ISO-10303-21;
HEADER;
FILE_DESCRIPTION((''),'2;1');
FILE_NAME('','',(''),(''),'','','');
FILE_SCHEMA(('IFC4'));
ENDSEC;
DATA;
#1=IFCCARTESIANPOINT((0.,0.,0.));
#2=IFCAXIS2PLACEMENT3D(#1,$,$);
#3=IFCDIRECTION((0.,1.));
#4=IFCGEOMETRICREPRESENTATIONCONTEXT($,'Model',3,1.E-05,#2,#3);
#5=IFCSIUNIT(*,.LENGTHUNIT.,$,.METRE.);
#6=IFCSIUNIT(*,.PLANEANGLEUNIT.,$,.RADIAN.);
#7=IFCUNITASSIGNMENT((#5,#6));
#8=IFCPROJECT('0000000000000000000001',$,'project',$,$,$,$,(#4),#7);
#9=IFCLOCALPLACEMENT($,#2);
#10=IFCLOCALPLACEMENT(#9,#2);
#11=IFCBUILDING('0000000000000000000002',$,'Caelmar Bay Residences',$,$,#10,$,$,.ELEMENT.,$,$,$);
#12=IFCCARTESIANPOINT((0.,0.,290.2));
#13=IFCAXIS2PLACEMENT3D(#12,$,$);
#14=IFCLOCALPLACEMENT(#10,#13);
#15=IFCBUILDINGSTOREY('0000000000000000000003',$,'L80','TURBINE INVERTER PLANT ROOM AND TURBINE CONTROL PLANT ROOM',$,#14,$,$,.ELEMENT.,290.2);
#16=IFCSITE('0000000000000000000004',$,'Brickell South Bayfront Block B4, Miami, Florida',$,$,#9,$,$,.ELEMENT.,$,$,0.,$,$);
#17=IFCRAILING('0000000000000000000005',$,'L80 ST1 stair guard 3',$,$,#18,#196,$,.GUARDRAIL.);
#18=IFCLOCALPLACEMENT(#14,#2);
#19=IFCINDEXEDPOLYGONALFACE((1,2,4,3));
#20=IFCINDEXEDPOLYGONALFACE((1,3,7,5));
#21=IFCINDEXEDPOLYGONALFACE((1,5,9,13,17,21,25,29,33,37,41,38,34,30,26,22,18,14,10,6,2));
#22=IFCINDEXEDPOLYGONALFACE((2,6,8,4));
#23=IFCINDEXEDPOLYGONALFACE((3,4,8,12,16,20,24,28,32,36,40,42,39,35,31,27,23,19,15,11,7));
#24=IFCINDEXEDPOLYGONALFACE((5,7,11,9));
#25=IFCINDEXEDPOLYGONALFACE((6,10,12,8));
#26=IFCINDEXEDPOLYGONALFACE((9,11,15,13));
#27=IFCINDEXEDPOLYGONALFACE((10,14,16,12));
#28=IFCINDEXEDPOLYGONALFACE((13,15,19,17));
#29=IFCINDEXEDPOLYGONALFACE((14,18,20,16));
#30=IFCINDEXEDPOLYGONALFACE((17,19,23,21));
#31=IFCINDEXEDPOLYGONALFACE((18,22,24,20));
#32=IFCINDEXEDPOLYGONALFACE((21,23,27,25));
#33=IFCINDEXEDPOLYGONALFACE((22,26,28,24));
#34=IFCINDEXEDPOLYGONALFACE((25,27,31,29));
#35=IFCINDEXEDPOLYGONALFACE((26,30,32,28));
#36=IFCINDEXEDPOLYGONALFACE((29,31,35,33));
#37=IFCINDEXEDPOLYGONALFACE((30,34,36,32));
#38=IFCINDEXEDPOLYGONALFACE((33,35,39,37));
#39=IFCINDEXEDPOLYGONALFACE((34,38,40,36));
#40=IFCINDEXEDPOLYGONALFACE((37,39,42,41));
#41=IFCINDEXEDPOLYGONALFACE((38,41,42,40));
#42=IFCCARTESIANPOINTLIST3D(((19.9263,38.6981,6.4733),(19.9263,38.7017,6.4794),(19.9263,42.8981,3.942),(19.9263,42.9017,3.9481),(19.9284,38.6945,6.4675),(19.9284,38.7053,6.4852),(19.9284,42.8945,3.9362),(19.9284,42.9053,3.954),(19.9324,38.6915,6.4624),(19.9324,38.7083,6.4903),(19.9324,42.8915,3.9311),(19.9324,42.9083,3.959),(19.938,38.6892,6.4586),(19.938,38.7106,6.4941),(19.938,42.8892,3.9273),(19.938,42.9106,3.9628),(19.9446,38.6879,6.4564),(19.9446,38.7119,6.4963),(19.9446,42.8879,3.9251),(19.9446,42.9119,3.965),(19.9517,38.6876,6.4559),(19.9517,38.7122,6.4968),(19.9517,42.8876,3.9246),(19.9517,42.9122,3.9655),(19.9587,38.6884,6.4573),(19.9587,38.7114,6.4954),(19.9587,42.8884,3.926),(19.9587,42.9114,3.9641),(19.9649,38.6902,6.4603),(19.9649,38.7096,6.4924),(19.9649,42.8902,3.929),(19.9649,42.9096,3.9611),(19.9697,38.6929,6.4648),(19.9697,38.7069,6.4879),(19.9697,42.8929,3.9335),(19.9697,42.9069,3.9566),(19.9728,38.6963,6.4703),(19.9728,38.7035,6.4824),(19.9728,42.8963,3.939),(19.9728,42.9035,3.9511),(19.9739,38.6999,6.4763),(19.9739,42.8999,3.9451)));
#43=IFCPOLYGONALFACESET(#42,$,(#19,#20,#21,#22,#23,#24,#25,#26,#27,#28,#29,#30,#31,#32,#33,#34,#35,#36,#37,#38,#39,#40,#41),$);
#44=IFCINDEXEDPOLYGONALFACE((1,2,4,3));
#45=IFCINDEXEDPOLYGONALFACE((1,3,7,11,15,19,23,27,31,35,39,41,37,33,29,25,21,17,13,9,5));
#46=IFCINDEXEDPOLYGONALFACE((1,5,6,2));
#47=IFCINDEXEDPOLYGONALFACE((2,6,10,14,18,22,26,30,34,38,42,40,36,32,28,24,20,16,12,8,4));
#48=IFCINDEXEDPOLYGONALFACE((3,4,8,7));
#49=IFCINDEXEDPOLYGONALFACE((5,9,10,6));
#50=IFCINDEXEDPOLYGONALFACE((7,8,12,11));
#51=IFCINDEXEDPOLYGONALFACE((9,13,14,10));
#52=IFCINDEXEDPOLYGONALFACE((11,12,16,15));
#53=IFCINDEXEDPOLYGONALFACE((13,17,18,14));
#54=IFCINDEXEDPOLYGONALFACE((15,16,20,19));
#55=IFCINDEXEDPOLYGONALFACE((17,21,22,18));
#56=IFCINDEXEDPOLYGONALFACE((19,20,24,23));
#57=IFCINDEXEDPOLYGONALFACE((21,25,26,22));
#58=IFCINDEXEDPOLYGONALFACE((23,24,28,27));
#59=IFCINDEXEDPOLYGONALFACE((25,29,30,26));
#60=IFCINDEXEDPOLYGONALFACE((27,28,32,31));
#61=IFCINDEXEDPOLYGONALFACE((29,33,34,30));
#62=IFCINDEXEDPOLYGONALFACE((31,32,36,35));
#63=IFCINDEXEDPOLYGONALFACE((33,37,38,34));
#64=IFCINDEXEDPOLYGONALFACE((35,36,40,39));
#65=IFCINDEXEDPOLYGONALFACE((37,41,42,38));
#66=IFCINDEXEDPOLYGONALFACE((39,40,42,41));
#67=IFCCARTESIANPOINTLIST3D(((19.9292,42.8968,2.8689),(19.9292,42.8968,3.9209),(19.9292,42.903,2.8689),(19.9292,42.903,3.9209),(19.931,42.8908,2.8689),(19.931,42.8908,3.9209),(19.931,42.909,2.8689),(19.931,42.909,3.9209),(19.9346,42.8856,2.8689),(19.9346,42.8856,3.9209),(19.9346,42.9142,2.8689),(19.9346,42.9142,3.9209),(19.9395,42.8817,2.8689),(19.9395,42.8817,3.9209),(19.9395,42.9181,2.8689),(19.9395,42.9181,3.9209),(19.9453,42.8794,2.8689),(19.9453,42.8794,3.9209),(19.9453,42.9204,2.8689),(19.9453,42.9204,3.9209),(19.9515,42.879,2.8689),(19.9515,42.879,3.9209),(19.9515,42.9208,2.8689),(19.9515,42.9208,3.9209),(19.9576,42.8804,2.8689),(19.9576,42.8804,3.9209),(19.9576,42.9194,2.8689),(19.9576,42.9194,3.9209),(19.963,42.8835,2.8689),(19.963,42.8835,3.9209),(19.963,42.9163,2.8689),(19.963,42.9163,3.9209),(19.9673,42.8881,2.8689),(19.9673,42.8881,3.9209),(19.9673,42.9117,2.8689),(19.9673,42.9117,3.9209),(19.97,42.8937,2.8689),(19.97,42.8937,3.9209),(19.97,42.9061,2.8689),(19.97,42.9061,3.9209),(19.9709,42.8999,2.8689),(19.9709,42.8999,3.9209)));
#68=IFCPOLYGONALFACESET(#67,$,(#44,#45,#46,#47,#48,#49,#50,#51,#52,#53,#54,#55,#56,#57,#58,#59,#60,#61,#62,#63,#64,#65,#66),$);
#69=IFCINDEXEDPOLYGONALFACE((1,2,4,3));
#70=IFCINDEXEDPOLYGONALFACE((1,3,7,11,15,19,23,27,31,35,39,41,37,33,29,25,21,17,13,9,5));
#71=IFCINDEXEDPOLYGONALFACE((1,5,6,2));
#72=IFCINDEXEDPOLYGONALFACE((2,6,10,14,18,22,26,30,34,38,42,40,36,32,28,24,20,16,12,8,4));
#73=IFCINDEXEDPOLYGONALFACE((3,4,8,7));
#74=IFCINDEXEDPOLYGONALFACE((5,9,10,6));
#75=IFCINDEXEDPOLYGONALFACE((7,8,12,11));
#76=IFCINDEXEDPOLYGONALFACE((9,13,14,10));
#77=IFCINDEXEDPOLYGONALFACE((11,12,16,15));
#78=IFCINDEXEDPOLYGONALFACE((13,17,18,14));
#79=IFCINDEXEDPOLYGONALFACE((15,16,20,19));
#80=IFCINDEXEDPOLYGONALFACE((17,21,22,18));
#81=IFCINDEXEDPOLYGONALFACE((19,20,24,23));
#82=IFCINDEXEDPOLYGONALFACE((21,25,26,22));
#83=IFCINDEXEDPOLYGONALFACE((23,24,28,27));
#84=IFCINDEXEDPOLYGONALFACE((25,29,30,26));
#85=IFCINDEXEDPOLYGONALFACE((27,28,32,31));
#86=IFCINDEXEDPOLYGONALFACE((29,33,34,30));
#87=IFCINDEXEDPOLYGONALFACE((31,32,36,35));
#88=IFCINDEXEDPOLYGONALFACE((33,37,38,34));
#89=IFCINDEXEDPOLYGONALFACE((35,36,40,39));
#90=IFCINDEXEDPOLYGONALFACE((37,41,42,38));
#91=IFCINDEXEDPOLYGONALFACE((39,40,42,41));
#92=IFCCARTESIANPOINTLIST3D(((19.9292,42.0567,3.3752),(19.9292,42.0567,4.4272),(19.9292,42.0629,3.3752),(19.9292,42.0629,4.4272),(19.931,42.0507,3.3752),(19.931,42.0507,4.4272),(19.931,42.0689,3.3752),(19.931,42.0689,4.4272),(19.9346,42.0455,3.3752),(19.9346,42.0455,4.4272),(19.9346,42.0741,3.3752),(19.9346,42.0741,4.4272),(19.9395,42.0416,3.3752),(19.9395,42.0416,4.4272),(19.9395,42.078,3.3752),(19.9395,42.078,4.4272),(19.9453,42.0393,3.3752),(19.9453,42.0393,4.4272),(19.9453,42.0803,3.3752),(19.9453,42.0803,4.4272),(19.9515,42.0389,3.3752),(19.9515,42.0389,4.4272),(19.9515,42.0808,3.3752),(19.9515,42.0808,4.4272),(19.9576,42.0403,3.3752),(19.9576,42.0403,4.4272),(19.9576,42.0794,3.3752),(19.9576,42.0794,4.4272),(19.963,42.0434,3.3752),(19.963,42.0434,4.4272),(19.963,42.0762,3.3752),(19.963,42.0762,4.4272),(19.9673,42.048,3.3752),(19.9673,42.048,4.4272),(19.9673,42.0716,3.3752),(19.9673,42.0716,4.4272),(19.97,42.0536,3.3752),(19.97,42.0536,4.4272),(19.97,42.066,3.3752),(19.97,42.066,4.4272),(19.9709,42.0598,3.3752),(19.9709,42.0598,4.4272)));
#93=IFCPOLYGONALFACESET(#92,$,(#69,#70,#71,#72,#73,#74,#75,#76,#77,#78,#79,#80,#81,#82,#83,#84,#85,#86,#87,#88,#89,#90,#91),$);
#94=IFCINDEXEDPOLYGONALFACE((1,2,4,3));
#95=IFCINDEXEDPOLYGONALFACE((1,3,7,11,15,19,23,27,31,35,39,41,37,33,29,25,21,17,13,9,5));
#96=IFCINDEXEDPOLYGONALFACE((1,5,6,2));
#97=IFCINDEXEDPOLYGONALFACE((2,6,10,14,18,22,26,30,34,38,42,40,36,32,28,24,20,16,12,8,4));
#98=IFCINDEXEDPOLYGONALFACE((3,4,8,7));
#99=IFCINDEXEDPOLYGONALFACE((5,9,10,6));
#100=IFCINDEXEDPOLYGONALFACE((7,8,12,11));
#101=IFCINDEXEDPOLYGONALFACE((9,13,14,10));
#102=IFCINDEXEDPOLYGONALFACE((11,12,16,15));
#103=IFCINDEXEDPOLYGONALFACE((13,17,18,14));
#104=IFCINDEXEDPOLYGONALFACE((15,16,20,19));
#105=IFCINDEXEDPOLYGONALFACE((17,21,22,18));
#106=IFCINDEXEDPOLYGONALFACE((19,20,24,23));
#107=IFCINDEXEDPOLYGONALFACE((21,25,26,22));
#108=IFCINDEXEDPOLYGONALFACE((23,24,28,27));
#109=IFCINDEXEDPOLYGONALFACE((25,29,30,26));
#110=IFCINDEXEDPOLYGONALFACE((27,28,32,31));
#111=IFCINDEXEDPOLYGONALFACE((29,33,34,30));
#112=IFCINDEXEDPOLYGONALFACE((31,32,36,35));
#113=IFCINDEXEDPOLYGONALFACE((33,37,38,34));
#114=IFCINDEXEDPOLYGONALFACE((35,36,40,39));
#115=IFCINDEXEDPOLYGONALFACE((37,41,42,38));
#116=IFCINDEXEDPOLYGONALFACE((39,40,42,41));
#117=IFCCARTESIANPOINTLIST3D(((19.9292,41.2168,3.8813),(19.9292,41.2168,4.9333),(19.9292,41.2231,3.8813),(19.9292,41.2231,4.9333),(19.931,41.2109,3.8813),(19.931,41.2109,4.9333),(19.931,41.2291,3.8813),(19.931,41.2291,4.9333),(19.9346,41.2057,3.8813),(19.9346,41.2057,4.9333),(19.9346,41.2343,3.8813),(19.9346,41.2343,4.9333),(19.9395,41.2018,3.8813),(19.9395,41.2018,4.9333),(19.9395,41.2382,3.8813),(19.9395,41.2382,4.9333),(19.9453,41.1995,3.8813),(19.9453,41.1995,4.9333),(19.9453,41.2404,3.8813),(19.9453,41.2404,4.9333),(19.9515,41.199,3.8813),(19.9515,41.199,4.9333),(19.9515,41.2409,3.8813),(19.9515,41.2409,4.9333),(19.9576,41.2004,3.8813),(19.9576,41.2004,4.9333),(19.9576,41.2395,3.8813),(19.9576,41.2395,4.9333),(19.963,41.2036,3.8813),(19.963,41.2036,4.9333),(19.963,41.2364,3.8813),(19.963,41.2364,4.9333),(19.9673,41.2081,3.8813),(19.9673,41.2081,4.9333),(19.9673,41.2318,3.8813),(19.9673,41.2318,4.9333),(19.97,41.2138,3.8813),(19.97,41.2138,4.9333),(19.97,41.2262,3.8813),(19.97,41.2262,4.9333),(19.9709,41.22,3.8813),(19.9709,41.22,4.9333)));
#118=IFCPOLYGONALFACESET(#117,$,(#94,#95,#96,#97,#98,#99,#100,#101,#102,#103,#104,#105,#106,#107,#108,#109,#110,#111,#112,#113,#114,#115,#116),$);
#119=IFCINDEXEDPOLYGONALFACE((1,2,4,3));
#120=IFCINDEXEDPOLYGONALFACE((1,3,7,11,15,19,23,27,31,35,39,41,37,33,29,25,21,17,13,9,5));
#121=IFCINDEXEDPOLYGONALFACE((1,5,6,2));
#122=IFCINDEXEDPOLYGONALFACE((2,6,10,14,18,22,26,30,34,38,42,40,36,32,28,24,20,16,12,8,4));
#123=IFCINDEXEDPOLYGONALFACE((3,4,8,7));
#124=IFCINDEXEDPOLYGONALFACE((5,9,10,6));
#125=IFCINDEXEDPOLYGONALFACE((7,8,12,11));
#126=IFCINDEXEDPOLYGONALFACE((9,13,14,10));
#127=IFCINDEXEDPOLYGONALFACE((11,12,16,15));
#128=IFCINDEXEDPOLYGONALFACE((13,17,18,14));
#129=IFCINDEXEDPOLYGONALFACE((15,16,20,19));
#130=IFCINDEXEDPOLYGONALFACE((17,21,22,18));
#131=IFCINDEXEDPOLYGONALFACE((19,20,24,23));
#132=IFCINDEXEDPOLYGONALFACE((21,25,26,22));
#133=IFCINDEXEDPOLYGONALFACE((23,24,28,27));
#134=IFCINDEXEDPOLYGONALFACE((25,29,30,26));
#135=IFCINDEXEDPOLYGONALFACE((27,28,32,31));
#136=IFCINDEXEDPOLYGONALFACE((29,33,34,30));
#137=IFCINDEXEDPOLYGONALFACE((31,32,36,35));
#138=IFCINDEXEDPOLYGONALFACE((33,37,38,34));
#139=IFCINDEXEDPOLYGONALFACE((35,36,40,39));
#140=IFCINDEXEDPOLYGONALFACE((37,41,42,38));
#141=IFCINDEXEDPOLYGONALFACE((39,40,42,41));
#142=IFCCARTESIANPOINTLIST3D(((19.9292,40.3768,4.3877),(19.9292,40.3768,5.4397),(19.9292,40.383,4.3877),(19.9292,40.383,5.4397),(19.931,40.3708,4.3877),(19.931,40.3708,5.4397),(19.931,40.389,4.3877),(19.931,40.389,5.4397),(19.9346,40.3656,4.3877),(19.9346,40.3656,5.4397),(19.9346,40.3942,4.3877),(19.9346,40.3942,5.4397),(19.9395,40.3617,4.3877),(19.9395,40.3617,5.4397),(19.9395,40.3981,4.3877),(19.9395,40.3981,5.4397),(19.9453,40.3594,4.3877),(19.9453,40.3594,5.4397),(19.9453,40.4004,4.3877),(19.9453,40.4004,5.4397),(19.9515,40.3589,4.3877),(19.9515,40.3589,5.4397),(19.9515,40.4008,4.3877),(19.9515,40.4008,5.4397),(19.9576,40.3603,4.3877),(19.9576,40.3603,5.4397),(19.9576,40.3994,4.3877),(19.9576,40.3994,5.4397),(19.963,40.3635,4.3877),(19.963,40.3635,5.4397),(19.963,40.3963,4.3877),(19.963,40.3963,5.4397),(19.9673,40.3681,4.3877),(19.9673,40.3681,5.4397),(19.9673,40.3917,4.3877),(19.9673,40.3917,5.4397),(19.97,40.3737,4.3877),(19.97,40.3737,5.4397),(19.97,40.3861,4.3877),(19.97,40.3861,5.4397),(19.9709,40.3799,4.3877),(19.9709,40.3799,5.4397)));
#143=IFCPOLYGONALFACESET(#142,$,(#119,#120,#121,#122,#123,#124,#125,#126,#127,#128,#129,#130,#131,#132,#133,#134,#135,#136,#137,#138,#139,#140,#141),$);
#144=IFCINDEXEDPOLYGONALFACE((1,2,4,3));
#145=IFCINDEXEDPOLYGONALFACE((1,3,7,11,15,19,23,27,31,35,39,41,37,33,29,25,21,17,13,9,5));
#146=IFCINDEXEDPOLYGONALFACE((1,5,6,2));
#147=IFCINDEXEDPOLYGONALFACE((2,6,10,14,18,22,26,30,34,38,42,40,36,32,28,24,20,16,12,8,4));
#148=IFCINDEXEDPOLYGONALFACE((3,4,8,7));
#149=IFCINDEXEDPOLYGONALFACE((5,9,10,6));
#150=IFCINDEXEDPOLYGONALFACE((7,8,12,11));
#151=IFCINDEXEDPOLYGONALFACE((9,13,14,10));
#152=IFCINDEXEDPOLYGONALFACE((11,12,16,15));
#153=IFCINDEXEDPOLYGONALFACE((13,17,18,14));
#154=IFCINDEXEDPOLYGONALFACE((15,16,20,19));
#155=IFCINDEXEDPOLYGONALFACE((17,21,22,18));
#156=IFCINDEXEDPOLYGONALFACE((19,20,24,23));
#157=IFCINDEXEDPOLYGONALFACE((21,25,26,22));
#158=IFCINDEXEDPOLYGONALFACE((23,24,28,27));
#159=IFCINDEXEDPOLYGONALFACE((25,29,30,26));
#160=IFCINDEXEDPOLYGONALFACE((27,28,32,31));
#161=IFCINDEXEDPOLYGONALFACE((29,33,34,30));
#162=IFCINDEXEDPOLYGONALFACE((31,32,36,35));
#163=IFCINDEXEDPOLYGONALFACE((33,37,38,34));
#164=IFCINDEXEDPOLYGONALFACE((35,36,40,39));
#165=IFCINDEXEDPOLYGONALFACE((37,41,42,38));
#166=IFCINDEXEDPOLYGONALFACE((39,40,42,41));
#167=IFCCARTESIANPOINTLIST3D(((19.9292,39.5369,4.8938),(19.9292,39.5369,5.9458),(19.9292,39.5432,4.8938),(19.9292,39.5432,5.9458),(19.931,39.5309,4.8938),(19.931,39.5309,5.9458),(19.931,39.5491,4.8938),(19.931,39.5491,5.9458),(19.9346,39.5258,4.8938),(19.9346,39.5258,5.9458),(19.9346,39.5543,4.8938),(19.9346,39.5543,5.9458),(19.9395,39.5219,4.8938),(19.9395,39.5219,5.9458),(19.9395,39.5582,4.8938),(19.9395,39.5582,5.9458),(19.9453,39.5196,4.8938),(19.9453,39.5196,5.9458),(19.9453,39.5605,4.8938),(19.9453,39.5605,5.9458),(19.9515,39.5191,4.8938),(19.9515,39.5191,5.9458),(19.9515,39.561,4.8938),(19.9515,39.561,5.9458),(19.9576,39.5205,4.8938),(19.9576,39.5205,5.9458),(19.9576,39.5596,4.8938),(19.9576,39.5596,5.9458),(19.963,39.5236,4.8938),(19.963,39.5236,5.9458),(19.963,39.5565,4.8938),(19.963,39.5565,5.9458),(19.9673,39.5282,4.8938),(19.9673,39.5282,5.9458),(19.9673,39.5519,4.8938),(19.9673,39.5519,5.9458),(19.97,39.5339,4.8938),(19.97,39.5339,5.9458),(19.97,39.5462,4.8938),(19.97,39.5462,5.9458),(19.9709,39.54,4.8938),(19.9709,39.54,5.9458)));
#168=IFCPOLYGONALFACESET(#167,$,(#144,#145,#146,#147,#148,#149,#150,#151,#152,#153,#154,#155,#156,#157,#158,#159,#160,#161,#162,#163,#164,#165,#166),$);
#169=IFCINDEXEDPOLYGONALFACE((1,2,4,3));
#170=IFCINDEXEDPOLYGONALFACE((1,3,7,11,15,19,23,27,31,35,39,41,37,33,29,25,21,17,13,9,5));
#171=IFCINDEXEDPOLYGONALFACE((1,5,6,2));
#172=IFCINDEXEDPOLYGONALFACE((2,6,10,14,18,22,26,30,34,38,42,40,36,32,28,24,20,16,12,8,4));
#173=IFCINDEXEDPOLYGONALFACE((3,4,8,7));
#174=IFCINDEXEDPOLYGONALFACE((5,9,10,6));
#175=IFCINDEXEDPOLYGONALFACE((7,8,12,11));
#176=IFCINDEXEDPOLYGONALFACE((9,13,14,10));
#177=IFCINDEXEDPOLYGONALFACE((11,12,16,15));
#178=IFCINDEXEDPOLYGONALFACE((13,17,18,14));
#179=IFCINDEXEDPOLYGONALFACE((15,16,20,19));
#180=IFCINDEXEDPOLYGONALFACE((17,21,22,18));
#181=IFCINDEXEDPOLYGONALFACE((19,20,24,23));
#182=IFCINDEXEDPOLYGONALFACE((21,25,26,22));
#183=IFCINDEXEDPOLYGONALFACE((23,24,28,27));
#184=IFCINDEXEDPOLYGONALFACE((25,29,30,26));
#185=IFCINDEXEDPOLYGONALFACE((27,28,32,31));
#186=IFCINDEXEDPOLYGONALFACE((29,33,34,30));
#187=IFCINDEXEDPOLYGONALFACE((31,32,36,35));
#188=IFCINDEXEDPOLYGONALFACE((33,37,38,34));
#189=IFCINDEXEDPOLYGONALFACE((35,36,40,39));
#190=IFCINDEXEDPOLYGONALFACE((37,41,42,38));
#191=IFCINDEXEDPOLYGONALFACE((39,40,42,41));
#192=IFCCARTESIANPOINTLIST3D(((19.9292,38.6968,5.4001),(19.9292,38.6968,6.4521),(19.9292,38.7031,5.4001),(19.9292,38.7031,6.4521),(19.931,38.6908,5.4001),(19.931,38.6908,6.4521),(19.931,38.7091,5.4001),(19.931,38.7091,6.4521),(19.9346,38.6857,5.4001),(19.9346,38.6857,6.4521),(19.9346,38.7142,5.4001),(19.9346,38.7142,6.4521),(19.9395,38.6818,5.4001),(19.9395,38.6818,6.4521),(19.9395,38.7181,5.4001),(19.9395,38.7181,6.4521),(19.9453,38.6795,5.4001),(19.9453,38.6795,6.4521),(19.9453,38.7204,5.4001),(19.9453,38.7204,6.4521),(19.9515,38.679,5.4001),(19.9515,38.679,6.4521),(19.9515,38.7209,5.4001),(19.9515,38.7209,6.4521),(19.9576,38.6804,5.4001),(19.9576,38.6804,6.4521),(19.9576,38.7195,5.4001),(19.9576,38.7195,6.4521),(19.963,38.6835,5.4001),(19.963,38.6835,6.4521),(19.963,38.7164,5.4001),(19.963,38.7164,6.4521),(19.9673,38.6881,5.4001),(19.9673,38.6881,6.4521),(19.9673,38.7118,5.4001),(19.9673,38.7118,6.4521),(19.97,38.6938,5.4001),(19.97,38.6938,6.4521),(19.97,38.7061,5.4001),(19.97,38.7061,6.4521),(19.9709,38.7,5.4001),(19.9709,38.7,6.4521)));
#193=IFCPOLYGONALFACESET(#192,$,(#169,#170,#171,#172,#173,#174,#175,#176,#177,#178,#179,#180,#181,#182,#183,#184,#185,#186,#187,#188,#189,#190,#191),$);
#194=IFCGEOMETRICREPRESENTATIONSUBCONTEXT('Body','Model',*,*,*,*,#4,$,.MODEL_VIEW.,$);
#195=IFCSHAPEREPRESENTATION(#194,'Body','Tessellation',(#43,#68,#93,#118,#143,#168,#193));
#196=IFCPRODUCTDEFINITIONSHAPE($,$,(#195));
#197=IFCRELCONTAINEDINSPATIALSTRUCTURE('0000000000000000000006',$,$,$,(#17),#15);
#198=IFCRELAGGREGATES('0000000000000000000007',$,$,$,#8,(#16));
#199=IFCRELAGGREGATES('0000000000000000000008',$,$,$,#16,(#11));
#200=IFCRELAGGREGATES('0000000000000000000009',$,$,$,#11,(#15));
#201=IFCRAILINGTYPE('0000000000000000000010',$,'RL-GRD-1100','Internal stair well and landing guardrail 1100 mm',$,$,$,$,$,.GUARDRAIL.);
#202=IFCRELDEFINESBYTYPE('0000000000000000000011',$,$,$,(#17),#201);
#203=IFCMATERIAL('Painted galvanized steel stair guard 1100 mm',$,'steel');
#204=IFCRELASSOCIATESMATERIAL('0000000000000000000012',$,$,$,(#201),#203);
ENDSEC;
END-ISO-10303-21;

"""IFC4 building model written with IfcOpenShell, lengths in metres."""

from ifc_helpers import new_model, si_unit, direction, frame, origin, origin_2d, place, context, subcontext, project, spatial, circle, extrude, material, type_object, element, save


model = new_model("IFC4")

# Units and contexts
model_context = context("Model", 3, precision=1e-05, world=origin(), true_north=direction((0.0, 1.0)))
body_context = subcontext(model_context, "Body", "Model", "MODEL_VIEW")
ifc_project = project(units=[si_unit("LENGTHUNIT", "METRE"), si_unit("PLANEANGLEUNIT", "RADIAN")], contexts=[model_context])

# Site, building, storey
site_placement = place(None, origin())
site = spatial("IfcSite", under=ifc_project, at=site_placement, Name="Brickell South Bayfront Block B4, Miami, Florida", CompositionType="ELEMENT", RefElevation=0.0)
building_placement = place(site_placement, origin())
building = spatial("IfcBuilding", under=site, at=building_placement, Name="Caelmar Bay Residences", CompositionType="ELEMENT")
storey_placement = place(building_placement, frame((0.0, 0.0, 290.2)))
storey = spatial("IfcBuildingStorey", under=building, at=storey_placement, Name="L80", Description="TURBINE INVERTER PLANT ROOM AND TURBINE CONTROL PLANT ROOM", CompositionType="ELEMENT", Elevation=290.2)

# Railing
ifc_material_1 = material(Name="Painted galvanized steel stair guard 1100 mm", Category="steel")
railing_type_1 = type_object("IfcRailingType", Name="RL-GRD-1100", Description="Internal stair well and landing guardrail 1100 mm", PredefinedType="GUARDRAIL", material=ifc_material_1)
railing_1_placement = place(storey_placement, frame((19.95, 42.8999, 2.8689)))
element("IfcRailing", 1, at=railing_1_placement, inside=storey, type_object=railing_type_1, Name="L80 ST1 stair guard 3", PredefinedType="GUARDRAIL", context=body_context, shape_type="SweptSolid", body=[
    extrude(circle(Radius=0.0239, at=origin_2d()), frame((0.0, 0.0, 1.0762), z_axis=(0.0, -0.856476, 0.516186), x_axis=(1.0, 0.0, 0.0)), (0.0, 0.0, 1.0), 4.9038),
    extrude(circle(Radius=0.021, at=origin_2d()), origin(), (0.0, 0.0, 1.0), 1.052),
    extrude(circle(Radius=0.021, at=origin_2d()), frame((0.0, -0.8401, 0.5063)), (0.0, 0.0, 1.0), 1.052),
    extrude(circle(Radius=0.021, at=origin_2d()), frame((0.0, -1.6799, 1.0125)), (0.0, 0.0, 1.0), 1.052),
    extrude(circle(Radius=0.021, at=origin_2d()), frame((0.0, -2.52, 1.5188)), (0.0, 0.0, 1.0), 1.052),
    extrude(circle(Radius=0.021, at=origin_2d()), frame((0.0, -3.3599, 2.0249)), (0.0, 0.0, 1.0), 1.052),
    extrude(circle(Radius=0.021, at=origin_2d()), frame((0.0, -4.2, 2.5312)), (0.0, 0.0, 1.0), 1.052),
])

save(model, "model.ifc")
